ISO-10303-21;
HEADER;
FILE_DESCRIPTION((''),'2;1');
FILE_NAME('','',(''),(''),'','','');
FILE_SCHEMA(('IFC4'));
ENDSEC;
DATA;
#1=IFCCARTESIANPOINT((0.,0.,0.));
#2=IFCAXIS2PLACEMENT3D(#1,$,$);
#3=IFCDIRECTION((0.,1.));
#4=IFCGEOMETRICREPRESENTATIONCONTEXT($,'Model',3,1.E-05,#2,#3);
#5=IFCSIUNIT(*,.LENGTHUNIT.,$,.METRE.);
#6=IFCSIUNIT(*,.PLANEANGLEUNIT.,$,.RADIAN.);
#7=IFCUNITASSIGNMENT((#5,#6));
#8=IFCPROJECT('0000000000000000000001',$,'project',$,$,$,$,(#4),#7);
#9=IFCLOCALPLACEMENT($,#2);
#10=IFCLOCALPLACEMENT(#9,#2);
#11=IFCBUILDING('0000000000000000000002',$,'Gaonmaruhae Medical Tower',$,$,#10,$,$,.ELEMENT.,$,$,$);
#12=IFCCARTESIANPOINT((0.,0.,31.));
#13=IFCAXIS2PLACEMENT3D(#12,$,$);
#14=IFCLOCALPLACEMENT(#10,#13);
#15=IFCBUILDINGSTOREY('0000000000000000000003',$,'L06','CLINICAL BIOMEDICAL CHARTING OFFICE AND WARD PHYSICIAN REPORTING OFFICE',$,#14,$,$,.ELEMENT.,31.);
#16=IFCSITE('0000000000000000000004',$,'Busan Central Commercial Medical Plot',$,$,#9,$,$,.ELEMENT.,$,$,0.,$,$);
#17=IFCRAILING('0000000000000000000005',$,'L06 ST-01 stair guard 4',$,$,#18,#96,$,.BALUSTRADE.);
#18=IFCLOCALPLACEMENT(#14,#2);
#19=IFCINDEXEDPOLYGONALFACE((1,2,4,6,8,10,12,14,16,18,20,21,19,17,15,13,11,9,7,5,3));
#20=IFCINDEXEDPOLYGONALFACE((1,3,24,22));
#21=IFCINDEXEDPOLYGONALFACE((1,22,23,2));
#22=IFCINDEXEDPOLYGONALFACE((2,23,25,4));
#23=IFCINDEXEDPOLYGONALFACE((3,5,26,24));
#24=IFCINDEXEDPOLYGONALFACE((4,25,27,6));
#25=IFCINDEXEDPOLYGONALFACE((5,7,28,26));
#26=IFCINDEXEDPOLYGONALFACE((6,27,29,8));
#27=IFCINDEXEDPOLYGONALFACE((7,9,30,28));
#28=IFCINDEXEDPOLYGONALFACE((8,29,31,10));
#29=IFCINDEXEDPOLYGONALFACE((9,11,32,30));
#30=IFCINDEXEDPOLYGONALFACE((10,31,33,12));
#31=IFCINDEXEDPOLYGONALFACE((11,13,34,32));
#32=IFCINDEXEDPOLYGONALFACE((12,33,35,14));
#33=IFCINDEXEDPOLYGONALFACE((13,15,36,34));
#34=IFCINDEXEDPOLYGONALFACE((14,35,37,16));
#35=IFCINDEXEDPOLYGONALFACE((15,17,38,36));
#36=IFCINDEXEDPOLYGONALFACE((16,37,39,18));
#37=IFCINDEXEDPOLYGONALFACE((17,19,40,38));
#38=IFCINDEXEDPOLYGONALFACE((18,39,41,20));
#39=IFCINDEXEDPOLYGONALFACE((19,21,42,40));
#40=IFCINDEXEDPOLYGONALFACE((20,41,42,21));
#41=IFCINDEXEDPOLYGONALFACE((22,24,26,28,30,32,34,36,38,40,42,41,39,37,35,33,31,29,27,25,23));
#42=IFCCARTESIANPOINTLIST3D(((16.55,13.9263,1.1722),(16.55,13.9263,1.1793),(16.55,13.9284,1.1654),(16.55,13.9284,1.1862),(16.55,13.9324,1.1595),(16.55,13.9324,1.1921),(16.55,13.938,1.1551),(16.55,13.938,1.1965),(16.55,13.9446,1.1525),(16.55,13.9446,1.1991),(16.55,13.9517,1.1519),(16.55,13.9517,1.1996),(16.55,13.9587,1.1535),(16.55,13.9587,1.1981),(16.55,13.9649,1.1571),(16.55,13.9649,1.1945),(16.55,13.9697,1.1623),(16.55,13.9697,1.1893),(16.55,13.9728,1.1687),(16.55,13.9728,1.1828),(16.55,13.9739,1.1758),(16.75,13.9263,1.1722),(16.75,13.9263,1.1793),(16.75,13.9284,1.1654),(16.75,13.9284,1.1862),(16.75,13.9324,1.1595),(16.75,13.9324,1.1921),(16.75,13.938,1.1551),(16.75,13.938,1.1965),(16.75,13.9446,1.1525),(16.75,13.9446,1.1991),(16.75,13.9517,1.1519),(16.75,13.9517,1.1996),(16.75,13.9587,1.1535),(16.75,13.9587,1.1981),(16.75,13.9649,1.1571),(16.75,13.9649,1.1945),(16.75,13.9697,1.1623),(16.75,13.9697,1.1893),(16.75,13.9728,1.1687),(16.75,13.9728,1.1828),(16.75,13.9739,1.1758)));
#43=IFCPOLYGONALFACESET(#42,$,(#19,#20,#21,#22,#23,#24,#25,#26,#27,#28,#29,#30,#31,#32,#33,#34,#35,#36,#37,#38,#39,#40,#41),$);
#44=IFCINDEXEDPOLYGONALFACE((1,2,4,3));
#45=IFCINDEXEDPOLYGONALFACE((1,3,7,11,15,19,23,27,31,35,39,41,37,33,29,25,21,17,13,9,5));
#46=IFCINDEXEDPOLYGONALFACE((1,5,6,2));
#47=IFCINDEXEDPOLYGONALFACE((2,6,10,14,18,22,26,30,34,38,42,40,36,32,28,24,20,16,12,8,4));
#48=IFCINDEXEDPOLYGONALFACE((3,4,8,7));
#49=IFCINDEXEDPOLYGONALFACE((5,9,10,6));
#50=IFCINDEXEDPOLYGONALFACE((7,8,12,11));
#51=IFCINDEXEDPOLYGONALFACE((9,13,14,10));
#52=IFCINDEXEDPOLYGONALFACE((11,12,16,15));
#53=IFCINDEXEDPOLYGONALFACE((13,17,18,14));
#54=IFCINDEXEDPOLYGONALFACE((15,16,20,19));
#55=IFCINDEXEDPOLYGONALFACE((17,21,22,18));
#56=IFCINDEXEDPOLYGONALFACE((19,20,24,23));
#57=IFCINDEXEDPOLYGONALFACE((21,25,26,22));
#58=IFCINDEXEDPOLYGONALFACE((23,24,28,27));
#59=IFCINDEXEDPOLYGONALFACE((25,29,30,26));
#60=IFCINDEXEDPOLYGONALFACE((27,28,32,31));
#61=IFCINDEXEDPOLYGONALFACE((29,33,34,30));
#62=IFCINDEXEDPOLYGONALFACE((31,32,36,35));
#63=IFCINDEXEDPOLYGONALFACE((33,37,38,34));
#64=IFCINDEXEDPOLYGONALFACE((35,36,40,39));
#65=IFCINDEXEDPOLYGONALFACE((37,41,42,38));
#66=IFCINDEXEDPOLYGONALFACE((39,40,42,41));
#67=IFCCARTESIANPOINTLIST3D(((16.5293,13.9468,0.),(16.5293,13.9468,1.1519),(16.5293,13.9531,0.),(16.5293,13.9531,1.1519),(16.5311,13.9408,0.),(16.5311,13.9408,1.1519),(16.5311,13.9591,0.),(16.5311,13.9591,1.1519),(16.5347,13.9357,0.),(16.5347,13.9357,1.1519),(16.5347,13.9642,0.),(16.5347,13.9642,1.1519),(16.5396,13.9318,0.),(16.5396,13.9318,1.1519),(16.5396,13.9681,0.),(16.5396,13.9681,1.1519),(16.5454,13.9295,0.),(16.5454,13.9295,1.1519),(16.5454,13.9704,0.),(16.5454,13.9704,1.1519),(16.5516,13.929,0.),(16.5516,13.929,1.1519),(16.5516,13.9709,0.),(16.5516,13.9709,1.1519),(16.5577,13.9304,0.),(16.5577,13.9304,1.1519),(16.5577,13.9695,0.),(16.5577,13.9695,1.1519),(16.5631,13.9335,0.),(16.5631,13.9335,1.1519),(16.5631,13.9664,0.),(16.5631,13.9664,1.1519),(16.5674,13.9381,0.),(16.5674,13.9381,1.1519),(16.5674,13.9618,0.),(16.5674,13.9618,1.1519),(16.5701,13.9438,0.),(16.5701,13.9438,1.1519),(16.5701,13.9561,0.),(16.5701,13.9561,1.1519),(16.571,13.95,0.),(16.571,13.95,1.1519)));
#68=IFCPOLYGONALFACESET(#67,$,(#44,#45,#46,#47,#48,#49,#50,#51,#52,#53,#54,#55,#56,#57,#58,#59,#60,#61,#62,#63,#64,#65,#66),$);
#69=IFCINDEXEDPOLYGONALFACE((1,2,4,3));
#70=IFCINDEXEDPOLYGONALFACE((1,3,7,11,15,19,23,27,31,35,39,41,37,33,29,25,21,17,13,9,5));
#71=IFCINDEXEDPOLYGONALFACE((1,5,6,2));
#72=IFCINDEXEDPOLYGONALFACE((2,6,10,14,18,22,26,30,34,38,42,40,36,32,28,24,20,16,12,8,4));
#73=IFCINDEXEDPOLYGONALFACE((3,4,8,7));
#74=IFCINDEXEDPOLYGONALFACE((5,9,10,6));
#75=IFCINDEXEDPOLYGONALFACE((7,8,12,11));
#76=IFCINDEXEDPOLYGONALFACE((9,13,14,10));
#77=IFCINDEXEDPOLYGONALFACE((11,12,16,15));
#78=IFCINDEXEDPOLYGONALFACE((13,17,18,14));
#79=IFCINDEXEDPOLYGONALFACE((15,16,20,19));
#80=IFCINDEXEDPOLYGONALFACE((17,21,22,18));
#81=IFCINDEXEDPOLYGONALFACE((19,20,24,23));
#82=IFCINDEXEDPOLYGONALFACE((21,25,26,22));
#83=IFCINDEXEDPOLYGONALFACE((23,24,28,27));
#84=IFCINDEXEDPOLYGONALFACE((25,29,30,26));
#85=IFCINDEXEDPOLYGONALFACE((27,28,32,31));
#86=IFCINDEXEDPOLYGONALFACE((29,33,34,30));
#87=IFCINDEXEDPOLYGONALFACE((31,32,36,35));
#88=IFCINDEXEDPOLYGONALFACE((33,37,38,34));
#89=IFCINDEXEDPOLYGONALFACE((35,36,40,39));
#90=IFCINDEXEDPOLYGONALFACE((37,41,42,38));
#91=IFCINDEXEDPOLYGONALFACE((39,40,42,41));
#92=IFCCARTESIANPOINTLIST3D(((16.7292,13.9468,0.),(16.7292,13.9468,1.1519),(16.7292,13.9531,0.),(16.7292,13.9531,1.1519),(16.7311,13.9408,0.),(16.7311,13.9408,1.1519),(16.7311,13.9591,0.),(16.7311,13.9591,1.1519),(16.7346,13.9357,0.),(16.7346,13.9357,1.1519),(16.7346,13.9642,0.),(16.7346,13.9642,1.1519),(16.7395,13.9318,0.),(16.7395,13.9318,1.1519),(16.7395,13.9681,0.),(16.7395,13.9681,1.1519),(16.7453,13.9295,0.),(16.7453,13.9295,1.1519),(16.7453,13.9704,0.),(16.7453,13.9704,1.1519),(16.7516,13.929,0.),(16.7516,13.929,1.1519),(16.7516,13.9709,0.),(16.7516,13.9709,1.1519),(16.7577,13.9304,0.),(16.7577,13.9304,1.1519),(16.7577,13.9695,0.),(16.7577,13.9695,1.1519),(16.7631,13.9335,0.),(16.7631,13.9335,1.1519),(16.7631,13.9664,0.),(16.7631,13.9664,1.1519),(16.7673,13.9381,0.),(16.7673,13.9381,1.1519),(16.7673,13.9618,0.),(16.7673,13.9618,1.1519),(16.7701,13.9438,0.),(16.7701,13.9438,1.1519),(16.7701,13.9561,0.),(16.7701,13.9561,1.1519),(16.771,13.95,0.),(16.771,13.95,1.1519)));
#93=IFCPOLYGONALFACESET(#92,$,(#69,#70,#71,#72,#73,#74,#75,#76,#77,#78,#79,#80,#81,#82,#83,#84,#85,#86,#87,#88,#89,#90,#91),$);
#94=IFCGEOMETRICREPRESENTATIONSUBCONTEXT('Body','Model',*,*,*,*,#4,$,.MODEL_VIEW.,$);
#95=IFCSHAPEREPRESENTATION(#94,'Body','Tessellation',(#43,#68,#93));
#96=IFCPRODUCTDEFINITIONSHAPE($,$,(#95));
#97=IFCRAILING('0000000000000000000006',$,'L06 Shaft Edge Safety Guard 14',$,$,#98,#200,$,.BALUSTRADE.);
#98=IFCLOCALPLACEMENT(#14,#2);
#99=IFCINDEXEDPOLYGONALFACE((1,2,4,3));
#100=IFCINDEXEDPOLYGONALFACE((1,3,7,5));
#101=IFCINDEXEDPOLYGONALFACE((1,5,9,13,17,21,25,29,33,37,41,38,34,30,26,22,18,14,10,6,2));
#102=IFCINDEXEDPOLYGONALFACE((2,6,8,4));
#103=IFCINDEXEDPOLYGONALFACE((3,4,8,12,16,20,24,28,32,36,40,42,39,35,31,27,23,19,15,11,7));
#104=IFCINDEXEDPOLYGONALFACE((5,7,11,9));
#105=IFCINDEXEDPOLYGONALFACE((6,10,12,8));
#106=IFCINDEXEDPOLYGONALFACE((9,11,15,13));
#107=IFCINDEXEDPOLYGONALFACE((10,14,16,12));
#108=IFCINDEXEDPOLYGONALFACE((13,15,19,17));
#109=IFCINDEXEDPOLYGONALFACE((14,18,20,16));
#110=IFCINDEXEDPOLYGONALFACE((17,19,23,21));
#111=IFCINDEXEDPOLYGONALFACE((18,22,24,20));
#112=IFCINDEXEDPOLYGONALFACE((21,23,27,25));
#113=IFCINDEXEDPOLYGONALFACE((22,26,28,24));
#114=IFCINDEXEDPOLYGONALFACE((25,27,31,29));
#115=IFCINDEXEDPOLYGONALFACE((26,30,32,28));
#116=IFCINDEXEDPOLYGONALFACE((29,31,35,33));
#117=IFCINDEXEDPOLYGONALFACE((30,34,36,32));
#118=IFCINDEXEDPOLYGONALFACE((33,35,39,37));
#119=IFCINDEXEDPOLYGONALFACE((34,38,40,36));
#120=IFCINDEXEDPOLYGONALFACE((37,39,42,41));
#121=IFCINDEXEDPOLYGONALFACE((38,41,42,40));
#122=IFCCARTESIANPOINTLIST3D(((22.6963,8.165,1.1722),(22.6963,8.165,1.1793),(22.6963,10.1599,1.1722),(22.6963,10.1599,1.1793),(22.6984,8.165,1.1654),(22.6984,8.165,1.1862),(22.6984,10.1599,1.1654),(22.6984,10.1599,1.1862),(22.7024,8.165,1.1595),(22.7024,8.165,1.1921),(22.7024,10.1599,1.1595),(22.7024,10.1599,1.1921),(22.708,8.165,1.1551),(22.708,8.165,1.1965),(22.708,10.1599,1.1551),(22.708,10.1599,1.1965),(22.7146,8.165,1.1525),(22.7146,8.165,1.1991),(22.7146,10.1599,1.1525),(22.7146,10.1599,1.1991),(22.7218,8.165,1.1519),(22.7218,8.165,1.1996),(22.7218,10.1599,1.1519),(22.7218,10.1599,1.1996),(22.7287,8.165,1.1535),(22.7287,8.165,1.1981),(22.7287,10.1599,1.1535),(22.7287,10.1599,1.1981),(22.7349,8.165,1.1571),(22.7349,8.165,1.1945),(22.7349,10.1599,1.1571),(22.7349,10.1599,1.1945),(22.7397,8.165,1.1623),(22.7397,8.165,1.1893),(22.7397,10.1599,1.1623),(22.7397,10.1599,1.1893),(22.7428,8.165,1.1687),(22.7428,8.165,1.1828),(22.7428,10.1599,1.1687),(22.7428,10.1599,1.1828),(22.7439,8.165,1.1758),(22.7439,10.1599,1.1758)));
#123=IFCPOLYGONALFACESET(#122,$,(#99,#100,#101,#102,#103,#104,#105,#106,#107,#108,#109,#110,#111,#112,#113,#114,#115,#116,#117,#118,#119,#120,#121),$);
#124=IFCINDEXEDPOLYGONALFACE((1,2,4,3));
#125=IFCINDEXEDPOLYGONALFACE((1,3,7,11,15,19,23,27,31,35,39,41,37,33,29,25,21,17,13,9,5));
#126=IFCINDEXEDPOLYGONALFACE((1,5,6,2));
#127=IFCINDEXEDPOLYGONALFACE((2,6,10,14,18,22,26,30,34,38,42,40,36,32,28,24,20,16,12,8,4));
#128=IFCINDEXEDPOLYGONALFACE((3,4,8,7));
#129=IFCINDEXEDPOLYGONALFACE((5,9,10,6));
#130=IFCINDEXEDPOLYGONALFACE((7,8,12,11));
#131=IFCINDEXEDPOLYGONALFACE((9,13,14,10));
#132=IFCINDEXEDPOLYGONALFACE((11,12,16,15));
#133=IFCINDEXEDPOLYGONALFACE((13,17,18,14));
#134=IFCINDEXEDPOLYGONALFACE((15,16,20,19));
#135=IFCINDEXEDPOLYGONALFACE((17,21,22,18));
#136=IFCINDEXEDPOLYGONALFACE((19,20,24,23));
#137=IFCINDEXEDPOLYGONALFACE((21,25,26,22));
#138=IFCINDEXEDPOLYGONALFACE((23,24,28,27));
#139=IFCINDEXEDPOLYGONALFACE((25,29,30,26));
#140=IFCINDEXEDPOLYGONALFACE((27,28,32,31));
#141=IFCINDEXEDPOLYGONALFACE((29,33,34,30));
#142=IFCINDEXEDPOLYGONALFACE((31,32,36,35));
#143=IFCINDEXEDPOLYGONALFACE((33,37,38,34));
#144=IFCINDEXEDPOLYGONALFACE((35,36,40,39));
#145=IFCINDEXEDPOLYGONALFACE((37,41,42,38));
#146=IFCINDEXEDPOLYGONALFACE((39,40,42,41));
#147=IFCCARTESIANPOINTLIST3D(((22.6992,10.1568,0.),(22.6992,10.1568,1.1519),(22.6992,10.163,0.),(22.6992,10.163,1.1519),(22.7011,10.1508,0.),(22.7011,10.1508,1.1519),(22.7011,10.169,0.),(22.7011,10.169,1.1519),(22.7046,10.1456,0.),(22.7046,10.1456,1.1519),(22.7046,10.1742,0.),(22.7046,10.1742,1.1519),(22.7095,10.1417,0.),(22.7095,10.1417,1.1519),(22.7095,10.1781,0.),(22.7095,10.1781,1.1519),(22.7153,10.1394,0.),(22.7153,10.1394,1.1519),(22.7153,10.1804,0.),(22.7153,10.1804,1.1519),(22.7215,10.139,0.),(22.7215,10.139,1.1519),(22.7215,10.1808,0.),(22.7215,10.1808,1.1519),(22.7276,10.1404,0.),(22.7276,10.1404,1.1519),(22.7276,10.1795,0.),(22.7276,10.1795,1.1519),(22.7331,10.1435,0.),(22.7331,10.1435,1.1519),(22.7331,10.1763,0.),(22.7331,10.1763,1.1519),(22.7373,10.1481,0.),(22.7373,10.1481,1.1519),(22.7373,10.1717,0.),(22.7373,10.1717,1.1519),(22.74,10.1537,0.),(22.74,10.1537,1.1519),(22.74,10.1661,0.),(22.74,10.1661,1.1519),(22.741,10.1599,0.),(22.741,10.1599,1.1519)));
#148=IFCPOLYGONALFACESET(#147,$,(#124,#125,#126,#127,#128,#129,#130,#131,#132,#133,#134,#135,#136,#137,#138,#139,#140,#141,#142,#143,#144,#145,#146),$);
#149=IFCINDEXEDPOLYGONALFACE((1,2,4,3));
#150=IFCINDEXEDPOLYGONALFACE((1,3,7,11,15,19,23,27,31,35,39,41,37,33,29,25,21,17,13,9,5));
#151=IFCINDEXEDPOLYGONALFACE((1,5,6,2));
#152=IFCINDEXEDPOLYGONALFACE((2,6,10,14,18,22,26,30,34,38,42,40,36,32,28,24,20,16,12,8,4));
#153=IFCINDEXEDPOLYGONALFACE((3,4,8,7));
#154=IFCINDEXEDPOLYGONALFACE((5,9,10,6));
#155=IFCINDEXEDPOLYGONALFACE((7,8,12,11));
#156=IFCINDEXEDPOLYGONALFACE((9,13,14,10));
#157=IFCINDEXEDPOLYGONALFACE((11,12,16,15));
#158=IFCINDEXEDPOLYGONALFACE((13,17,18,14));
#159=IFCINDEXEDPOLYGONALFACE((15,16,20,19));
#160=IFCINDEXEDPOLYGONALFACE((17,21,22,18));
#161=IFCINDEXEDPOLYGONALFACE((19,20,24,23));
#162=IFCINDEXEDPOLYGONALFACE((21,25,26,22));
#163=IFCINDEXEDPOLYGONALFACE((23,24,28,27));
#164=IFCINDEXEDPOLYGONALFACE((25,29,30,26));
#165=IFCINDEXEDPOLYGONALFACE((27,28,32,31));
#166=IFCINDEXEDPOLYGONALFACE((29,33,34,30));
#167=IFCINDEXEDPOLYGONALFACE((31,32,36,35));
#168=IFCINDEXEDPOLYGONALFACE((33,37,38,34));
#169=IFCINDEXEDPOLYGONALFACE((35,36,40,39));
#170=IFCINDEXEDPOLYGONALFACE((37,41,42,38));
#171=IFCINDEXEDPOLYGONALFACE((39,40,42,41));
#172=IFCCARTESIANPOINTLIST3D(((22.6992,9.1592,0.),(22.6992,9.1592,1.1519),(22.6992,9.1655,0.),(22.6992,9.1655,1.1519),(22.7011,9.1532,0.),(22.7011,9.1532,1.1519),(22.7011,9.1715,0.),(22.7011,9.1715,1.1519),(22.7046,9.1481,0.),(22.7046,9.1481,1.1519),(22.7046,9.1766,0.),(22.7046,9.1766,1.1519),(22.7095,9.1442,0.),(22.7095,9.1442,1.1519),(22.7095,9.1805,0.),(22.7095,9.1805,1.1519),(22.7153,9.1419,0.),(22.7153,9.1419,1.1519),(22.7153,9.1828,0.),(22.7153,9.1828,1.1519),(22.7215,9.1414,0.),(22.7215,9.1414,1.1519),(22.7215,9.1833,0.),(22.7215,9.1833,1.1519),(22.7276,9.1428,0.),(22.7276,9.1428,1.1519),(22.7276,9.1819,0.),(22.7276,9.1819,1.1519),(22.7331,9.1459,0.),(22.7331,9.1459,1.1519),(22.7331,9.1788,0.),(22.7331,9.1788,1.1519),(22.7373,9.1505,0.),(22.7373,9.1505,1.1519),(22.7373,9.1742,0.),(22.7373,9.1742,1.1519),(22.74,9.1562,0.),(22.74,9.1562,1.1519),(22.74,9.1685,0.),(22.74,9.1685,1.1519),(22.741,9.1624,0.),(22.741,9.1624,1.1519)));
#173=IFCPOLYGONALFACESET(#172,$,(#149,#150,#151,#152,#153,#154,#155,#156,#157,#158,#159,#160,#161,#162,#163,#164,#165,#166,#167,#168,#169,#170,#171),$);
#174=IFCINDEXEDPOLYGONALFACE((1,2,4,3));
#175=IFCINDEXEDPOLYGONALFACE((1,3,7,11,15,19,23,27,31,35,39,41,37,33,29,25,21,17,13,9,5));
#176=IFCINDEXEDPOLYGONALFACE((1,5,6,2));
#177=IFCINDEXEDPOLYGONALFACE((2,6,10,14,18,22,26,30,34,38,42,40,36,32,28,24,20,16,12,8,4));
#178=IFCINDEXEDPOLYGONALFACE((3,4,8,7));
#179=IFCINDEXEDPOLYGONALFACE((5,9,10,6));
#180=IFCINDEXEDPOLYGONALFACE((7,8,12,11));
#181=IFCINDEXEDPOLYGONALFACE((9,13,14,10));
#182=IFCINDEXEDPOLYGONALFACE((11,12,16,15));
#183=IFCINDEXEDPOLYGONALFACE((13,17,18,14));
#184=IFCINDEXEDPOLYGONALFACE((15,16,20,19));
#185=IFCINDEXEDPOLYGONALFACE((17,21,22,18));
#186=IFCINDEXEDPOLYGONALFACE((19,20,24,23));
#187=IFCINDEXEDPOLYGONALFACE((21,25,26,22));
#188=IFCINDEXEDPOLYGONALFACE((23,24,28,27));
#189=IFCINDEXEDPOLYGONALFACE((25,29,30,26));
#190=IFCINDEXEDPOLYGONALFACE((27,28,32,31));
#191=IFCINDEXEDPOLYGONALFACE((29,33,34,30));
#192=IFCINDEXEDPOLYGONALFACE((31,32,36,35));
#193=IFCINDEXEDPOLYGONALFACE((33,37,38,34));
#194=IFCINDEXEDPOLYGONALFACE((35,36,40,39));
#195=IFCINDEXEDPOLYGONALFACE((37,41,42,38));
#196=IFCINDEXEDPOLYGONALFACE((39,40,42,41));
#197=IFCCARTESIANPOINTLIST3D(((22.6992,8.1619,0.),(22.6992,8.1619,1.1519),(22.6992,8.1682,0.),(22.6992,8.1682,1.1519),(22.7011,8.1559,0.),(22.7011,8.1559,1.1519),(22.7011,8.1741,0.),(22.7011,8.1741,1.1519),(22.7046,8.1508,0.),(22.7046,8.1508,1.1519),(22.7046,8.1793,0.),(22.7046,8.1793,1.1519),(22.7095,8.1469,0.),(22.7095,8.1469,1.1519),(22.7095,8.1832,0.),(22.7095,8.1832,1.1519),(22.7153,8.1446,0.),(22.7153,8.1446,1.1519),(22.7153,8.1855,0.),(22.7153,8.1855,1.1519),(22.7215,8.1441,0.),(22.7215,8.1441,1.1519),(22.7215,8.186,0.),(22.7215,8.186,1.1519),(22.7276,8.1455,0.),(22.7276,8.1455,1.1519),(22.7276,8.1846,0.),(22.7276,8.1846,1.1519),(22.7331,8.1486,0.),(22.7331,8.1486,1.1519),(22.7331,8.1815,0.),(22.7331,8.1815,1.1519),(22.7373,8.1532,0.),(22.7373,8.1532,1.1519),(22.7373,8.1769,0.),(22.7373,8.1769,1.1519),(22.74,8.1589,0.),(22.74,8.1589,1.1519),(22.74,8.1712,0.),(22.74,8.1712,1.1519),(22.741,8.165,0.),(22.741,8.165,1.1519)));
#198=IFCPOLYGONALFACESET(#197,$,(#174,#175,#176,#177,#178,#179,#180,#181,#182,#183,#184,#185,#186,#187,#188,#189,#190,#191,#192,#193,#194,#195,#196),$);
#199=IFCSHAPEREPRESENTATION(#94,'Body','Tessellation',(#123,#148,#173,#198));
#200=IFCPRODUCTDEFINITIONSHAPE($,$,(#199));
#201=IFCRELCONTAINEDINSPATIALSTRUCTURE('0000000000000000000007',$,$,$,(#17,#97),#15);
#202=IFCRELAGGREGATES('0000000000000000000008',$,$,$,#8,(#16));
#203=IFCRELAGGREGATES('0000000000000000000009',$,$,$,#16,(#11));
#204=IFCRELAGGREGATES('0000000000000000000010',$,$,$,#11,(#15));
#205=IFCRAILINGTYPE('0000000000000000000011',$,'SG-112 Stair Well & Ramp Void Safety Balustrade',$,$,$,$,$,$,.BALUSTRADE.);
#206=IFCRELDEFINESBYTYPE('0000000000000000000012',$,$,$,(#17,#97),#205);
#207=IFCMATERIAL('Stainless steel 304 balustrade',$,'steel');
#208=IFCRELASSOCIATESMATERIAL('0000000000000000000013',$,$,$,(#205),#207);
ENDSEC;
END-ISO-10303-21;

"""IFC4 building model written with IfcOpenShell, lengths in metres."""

from ifc_helpers import new_model, si_unit, direction, frame, origin, origin_2d, place, context, subcontext, project, spatial, circle, extrude, material, type_object, element, save


model = new_model("IFC4")

# Units and contexts
model_context = context("Model", 3, precision=1e-05, world=origin(), true_north=direction((0.0, 1.0)))
body_context = subcontext(model_context, "Body", "Model", "MODEL_VIEW")
ifc_project = project(units=[si_unit("LENGTHUNIT", "METRE"), si_unit("PLANEANGLEUNIT", "RADIAN")], contexts=[model_context])

# Site, building, storey
site_placement = place(None, origin())
site = spatial("IfcSite", under=ifc_project, at=site_placement, Name="Busan Central Commercial Medical Plot", CompositionType="ELEMENT", RefElevation=0.0)
building_placement = place(site_placement, origin())
building = spatial("IfcBuilding", under=site, at=building_placement, Name="Gaonmaruhae Medical Tower", CompositionType="ELEMENT")
storey_placement = place(building_placement, frame((0.0, 0.0, 31.0)))
storey = spatial("IfcBuildingStorey", under=building, at=storey_placement, Name="L06", Description="CLINICAL BIOMEDICAL CHARTING OFFICE AND WARD PHYSICIAN REPORTING OFFICE", CompositionType="ELEMENT", Elevation=31.0)

# Railings
ifc_material_1 = material(Name="Stainless steel 304 balustrade", Category="steel")
railing_type_1 = type_object("IfcRailingType", Name="SG-112 Stair Well & Ramp Void Safety Balustrade", PredefinedType="BALUSTRADE", material=ifc_material_1)
railing_1_placement = place(storey_placement, frame((16.55, 13.95, 0.0)))
element("IfcRailing", 1, at=railing_1_placement, inside=storey, type_object=railing_type_1, Name="L06 ST-01 stair guard 4", PredefinedType="BALUSTRADE", context=body_context, shape_type="SweptSolid", body=[
    extrude(circle(Radius=0.0239, at=origin_2d()), frame((0.0, 0.0, 1.1758), z_axis=(1.0, 0.0, 0.0), x_axis=(0.0, 1.0, 0.0)), (0.0, 0.0, 1.0), 0.2),
    extrude(circle(Radius=0.021, at=origin_2d()), origin(), (0.0, 0.0, 1.0), 1.1519),
    extrude(circle(Radius=0.021, at=origin_2d()), frame((0.2, 0.0, 0.0)), (0.0, 0.0, 1.0), 1.1519),
])
railing_2_placement = place(storey_placement, frame((22.72, 10.1599, 0.0)))
element("IfcRailing", 2, at=railing_2_placement, inside=storey, type_object=railing_type_1, Name="L06 Shaft Edge Safety Guard 14", PredefinedType="BALUSTRADE", context=body_context, shape_type="SweptSolid", body=[
    extrude(circle(Radius=0.0239, at=origin_2d()), frame((0.0, 0.0, 1.1758), z_axis=(0.0, -1.0, 0.0), x_axis=(1.0, 0.0, 0.0)), (0.0, 0.0, 1.0), 1.9949),
    extrude(circle(Radius=0.021, at=origin_2d()), origin(), (0.0, 0.0, 1.0), 1.1519),
    extrude(circle(Radius=0.021, at=origin_2d()), frame((0.0, -0.9976, 0.0)), (0.0, 0.0, 1.0), 1.1519),
    extrude(circle(Radius=0.021, at=origin_2d()), frame((0.0, -1.9949, 0.0)), (0.0, 0.0, 1.0), 1.1519),
])

save(model, "model.ifc")
